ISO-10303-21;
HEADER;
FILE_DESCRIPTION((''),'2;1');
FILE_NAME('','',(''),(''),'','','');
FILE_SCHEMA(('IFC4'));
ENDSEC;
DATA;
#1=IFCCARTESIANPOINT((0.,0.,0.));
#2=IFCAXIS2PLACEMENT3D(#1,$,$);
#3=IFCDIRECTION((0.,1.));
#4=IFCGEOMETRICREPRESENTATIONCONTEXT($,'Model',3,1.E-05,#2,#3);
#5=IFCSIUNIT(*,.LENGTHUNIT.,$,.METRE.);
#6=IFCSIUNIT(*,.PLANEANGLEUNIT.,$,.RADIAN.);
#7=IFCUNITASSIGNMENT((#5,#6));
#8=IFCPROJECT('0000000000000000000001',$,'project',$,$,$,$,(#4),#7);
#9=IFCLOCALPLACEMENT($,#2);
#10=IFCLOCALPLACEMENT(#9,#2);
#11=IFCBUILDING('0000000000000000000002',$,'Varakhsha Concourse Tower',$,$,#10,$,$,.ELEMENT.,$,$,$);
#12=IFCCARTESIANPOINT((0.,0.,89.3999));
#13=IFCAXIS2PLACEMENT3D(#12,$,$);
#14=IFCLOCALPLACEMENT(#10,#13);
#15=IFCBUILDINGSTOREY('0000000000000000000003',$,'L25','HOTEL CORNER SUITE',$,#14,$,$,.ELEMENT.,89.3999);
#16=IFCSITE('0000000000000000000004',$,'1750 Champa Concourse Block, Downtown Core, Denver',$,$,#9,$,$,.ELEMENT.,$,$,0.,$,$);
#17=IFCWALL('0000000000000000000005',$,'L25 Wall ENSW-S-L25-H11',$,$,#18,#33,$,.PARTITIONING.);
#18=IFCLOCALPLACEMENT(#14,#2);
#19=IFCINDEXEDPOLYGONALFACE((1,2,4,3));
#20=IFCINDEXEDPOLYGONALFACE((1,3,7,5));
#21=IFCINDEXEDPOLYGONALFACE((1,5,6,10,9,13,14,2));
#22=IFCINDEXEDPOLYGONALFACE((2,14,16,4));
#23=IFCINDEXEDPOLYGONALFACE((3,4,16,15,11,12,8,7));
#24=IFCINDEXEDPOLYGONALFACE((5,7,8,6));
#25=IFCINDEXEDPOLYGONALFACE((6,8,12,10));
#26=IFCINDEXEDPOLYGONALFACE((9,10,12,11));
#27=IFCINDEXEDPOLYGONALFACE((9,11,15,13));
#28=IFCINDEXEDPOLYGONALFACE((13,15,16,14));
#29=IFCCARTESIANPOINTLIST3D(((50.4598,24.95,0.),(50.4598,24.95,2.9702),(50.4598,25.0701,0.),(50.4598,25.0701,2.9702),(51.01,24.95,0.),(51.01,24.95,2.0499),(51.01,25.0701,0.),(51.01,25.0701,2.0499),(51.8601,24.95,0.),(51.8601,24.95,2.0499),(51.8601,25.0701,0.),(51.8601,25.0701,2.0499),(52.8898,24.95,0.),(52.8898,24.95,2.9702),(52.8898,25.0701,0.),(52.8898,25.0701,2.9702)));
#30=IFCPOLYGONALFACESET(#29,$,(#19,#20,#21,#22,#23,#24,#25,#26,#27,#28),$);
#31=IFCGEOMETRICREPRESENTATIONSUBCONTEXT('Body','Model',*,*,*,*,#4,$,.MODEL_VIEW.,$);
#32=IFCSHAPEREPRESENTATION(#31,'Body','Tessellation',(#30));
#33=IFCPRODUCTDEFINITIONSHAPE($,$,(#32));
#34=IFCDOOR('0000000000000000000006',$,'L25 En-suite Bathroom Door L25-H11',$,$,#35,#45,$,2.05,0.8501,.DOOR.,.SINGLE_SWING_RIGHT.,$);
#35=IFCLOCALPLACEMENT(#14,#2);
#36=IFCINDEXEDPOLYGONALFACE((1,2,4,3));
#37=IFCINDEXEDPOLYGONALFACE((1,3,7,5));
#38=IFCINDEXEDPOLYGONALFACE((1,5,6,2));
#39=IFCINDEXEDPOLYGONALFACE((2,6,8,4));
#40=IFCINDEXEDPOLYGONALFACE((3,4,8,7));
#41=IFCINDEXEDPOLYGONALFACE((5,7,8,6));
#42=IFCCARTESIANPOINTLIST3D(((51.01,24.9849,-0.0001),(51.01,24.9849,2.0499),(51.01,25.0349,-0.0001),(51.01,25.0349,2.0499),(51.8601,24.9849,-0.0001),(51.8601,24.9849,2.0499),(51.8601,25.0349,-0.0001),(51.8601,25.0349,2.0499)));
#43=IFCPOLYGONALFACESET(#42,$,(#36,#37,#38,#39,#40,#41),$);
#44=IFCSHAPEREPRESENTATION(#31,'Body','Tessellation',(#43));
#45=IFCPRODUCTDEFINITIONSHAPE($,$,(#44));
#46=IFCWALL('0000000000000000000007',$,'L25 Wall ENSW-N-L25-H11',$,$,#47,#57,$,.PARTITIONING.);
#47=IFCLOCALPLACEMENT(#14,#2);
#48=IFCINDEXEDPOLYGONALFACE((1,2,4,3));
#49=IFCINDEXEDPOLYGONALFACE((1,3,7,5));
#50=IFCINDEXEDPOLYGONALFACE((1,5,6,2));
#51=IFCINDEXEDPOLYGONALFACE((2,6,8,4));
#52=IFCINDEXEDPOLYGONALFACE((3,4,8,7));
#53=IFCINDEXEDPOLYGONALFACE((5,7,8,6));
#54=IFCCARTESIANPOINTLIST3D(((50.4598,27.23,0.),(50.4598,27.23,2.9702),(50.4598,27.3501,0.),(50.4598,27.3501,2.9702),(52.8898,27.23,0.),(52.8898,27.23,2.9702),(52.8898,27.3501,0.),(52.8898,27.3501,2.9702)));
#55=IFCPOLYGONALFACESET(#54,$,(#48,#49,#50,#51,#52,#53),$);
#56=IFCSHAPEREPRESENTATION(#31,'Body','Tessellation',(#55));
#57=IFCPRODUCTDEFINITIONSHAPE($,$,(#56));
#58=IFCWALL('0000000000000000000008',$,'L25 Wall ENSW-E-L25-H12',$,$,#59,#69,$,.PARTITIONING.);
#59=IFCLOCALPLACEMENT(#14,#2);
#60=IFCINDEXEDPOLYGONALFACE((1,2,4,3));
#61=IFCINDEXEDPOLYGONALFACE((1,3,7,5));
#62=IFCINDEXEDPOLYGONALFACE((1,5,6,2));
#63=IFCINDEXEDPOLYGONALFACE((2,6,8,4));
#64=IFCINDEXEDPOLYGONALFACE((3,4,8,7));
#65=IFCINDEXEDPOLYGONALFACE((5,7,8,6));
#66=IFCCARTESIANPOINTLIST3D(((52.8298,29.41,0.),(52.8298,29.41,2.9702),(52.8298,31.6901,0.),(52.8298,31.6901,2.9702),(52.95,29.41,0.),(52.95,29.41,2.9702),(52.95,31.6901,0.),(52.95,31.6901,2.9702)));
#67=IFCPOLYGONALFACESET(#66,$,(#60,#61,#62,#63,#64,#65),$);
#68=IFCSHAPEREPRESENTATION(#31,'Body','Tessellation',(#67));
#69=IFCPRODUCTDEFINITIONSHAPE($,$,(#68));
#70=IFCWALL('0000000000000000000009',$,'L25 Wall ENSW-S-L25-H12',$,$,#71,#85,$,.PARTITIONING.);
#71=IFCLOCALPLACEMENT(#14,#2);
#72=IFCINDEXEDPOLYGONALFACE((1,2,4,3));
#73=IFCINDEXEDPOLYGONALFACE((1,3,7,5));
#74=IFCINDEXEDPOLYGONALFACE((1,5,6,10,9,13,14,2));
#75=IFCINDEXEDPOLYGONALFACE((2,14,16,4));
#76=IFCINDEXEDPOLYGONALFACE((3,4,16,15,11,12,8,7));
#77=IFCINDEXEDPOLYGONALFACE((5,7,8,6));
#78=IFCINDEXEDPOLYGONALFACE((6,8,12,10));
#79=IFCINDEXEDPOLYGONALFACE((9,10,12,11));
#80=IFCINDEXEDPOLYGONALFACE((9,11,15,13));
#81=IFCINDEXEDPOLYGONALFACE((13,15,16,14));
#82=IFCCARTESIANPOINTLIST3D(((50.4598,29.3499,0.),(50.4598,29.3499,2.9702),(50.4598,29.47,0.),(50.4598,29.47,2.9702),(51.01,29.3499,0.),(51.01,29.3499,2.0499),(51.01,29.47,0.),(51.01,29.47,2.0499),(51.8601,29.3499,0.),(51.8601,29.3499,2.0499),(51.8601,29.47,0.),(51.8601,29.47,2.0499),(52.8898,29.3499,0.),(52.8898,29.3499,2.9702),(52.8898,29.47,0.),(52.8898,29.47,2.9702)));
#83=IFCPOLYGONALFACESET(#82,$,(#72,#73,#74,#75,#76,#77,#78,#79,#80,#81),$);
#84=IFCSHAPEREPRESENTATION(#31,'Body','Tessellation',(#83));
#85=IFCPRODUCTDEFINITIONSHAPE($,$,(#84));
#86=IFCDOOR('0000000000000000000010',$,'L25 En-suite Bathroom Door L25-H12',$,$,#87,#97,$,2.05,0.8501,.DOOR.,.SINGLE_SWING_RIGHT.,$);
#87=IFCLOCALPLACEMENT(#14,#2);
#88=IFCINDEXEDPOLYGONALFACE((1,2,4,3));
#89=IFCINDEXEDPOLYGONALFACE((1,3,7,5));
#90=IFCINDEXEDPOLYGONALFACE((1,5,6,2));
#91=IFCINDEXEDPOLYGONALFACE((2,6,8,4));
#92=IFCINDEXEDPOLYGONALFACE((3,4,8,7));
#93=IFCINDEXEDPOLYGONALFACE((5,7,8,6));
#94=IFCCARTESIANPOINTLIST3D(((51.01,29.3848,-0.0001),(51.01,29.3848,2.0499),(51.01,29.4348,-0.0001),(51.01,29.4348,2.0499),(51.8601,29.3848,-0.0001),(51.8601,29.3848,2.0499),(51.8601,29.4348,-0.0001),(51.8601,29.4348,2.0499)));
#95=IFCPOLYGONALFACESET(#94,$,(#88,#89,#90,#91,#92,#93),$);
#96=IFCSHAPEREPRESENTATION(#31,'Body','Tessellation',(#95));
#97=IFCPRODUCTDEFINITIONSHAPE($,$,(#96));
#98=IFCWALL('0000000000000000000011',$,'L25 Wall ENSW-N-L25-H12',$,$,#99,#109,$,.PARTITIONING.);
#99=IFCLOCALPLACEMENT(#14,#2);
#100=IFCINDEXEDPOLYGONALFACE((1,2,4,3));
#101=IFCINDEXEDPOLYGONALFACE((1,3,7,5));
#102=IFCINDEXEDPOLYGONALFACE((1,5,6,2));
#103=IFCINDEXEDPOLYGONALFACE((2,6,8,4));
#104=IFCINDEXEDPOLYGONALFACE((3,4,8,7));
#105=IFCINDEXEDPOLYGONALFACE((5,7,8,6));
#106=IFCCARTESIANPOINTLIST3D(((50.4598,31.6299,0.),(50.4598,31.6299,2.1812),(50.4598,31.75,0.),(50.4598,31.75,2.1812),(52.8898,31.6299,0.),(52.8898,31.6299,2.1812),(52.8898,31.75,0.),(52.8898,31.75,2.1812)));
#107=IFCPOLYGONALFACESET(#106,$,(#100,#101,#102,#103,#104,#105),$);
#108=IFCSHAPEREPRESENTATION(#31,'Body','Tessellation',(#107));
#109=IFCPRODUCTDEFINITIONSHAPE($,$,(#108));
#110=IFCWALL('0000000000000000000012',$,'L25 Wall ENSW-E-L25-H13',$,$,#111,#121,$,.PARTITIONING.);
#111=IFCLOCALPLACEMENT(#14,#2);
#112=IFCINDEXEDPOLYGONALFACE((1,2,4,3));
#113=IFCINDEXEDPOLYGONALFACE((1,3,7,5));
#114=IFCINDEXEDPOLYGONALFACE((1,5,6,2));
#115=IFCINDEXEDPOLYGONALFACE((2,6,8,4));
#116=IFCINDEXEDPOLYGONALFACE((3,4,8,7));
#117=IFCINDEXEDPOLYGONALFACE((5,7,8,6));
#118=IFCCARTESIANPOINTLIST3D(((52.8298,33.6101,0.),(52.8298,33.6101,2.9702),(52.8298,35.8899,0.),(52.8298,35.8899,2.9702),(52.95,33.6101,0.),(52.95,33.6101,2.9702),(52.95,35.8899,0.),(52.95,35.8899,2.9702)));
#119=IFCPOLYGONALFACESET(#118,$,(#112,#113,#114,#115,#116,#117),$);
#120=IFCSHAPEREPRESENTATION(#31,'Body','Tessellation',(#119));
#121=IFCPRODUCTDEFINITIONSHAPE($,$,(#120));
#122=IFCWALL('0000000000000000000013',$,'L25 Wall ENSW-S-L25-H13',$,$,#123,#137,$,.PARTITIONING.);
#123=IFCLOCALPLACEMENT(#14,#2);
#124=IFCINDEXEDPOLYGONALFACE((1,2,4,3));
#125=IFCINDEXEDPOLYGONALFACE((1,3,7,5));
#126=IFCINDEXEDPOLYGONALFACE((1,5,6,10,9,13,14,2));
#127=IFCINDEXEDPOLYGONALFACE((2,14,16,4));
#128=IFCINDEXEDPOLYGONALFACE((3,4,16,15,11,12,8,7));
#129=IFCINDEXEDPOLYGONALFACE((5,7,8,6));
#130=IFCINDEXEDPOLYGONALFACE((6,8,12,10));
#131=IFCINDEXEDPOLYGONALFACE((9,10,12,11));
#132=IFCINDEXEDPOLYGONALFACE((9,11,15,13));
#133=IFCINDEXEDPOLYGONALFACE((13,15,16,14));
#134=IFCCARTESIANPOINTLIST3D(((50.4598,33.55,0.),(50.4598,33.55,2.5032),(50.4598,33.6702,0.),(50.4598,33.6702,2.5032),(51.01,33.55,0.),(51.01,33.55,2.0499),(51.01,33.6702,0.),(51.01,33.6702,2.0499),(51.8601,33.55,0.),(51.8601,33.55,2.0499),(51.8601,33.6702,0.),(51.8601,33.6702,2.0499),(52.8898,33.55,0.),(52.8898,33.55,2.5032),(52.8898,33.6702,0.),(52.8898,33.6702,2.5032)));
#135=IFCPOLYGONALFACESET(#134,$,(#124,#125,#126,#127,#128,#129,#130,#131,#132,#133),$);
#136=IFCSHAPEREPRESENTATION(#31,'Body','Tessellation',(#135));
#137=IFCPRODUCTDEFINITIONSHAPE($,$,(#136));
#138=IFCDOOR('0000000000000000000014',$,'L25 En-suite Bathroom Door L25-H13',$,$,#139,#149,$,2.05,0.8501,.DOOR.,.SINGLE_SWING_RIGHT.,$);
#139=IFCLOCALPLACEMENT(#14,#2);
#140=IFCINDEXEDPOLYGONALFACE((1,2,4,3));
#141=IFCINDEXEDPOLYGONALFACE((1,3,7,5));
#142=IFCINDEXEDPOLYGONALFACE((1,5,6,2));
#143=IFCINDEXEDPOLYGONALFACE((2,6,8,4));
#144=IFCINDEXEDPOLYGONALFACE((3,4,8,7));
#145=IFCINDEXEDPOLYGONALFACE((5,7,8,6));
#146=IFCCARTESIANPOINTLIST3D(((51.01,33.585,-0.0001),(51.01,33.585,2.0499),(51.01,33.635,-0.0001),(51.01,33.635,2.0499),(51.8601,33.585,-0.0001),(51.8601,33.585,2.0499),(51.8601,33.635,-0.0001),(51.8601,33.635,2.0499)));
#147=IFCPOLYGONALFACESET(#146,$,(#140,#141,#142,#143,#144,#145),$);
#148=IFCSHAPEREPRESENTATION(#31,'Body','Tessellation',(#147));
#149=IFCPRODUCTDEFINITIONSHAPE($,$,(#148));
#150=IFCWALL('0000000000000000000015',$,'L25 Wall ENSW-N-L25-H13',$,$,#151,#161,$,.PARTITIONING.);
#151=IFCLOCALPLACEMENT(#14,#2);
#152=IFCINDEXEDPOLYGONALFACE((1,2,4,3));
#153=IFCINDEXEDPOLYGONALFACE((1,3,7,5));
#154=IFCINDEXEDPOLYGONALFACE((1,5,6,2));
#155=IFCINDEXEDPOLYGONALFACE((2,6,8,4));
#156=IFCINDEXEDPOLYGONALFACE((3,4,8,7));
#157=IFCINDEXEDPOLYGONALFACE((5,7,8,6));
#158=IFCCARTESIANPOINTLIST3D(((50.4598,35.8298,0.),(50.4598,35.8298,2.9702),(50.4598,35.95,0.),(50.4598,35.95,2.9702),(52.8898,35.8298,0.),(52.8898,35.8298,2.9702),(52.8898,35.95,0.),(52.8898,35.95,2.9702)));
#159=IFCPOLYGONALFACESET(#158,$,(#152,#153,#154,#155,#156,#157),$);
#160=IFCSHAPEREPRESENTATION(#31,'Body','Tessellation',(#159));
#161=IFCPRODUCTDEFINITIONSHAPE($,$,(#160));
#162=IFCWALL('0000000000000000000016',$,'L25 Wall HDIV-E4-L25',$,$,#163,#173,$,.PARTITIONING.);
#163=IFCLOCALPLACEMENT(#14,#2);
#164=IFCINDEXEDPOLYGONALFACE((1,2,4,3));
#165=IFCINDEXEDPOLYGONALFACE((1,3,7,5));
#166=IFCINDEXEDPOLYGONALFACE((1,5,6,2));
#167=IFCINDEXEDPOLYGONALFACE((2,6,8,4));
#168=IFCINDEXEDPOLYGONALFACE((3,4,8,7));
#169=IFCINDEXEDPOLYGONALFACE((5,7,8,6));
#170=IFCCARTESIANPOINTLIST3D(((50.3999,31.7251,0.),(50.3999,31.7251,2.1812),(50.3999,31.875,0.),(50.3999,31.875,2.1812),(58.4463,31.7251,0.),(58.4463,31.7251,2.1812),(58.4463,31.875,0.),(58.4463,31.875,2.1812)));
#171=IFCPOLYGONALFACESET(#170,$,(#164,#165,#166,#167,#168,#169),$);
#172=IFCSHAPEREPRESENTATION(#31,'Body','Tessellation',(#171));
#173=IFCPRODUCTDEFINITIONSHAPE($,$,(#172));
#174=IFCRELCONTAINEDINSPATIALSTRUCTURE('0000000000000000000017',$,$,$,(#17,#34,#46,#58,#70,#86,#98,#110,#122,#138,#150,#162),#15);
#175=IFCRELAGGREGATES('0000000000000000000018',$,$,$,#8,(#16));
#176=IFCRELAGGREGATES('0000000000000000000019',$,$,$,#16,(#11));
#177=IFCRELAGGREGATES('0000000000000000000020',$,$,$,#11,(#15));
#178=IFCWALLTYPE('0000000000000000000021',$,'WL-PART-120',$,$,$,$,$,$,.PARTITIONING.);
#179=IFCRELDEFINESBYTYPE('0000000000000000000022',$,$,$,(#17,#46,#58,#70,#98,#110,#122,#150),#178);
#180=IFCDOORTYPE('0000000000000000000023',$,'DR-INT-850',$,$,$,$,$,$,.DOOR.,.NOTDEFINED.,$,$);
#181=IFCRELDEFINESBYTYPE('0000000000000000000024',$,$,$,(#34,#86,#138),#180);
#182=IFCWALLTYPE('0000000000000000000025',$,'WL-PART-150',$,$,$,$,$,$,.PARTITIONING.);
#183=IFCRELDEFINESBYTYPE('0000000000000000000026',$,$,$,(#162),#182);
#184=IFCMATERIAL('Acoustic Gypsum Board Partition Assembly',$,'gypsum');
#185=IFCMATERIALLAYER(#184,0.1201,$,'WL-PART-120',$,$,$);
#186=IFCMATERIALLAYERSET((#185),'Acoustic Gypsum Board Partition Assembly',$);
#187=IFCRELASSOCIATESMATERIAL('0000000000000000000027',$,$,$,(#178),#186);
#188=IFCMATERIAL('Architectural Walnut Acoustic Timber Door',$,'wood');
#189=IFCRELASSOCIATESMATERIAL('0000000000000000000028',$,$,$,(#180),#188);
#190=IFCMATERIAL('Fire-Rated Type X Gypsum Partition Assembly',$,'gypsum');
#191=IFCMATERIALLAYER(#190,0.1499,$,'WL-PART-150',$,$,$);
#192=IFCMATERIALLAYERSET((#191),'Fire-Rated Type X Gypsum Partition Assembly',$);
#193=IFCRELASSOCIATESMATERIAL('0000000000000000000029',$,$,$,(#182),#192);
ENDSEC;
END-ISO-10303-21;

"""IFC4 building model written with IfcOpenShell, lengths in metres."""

from ifc_helpers import new_model, si_unit, direction, frame, frame_2d, origin, place, context, subcontext, project, spatial, rectangle, extrude, material, layer, layer_set, type_object, element, fill, save


model = new_model("IFC4")

# Units and contexts
model_context = context("Model", 3, precision=1e-05, world=origin(), true_north=direction((0.0, 1.0)))
body_context = subcontext(model_context, "Body", "Model", "MODEL_VIEW")
ifc_project = project(units=[si_unit("LENGTHUNIT", "METRE"), si_unit("PLANEANGLEUNIT", "RADIAN")], contexts=[model_context])

# Site, building, storey
site_placement = place(None, origin())
site = spatial("IfcSite", under=ifc_project, at=site_placement, Name="1750 Champa Concourse Block, Downtown Core, Denver", CompositionType="ELEMENT", RefElevation=0.0)
building_placement = place(site_placement, origin())
building = spatial("IfcBuilding", under=site, at=building_placement, Name="Varakhsha Concourse Tower", CompositionType="ELEMENT")
storey_placement = place(building_placement, frame((0.0, 0.0, 89.3999)))
storey = spatial("IfcBuildingStorey", under=building, at=storey_placement, Name="L25", Description="HOTEL CORNER SUITE", CompositionType="ELEMENT", Elevation=89.3999)

# Shared definitions
ifc_material_1 = material(Name="Acoustic Gypsum Board Partition Assembly", Category="gypsum")
ifc_layer_1 = layer(ifc_material_1, 0.1201, Name="WL-PART-120")
ifc_layer_set_1 = layer_set([ifc_layer_1], Name="Acoustic Gypsum Board Partition Assembly")
wall_type_1 = type_object("IfcWallType", Name="WL-PART-120", PredefinedType="PARTITIONING", material=ifc_layer_set_1)

# Wall, opening, door
wall_1_placement = place(storey_placement, frame((50.46, 25.01, 0.0), z_axis=(0.0, 0.0, 1.0), x_axis=(1.0, 0.0, 0.0)))
wall_1 = element("IfcWall", 1, at=wall_1_placement, inside=storey, type_object=wall_type_1, Name="L25 Wall ENSW-S-L25-H11", PredefinedType="PARTITIONING", context=body_context, shape_type="SweptSolid", body=[
    extrude(rectangle(XDim=2.4299, YDim=0.1201, at=frame_2d((1.2148, 0.0))), origin(), (0.0, 0.0, 1.0), 2.9702),
])
opening_1_placement = place(wall_1_placement, frame((0.55, 0.0, 0.0)))
opening_1 = element("IfcOpeningElement", 2, at=opening_1_placement, cuts=wall_1, PredefinedType="OPENING", context=body_context, shape_type="SweptSolid", body=[
    extrude(rectangle(XDim=0.8501, YDim=2.05, at=frame_2d((0.425, 1.0249))), frame((0.0, 0.0701, 0.0), z_axis=(0.0, -1.0, 0.0), x_axis=(1.0, 0.0, 0.0)), (0.0, 0.0, 1.0), 0.1401),
])
ifc_material_2 = material(Name="Architectural Walnut Acoustic Timber Door", Category="wood")
door_type = type_object("IfcDoorType", Name="DR-INT-850", OperationType="NOTDEFINED", PredefinedType="DOOR", material=ifc_material_2)
door_1_placement = place(opening_1_placement, origin())
door_1 = element("IfcDoor", 3, at=door_1_placement, inside=storey, type_object=door_type, Name="L25 En-suite Bathroom Door L25-H11", OperationType="SINGLE_SWING_RIGHT", OverallHeight=2.05, OverallWidth=0.8501, PredefinedType="DOOR", context=body_context, shape_type="SweptSolid", body=[
    extrude(rectangle(XDim=0.8501, YDim=2.05, at=frame_2d((0.425, 1.0249))), frame((0.0, 0.0249, 0.0), z_axis=(0.0, -1.0, 0.0), x_axis=(1.0, 0.0, 0.0)), (0.0, 0.0, 1.0), 0.05),
])
fill(opening_1, door_1)

# Walls
wall_2_placement = place(storey_placement, frame((50.46, 27.29, 0.0), z_axis=(0.0, 0.0, 1.0), x_axis=(1.0, 0.0, 0.0)))
element("IfcWall", 4, at=wall_2_placement, inside=storey, type_object=wall_type_1, Name="L25 Wall ENSW-N-L25-H11", PredefinedType="PARTITIONING", context=body_context, shape_type="SweptSolid", body=[
    extrude(rectangle(XDim=2.4299, YDim=0.1201, at=frame_2d((1.2148, 0.0))), origin(), (0.0, 0.0, 1.0), 2.9702),
])
wall_3_placement = place(storey_placement, frame((52.8899, 29.4099, 0.0), z_axis=(0.0, 0.0, 1.0), x_axis=(0.0, 1.0, 0.0)))
element("IfcWall", 5, at=wall_3_placement, inside=storey, type_object=wall_type_1, Name="L25 Wall ENSW-E-L25-H12", PredefinedType="PARTITIONING", context=body_context, shape_type="SweptSolid", body=[
    extrude(rectangle(XDim=2.28, YDim=0.1201, at=frame_2d((1.1401, 0.0))), origin(), (0.0, 0.0, 1.0), 2.9702),
])

# Wall, opening, door
wall_4_placement = place(storey_placement, frame((50.46, 29.4099, 0.0), z_axis=(0.0, 0.0, 1.0), x_axis=(1.0, 0.0, 0.0)))
wall_4 = element("IfcWall", 6, at=wall_4_placement, inside=storey, type_object=wall_type_1, Name="L25 Wall ENSW-S-L25-H12", PredefinedType="PARTITIONING", context=body_context, shape_type="SweptSolid", body=[
    extrude(rectangle(XDim=2.4299, YDim=0.1201, at=frame_2d((1.2148, 0.0))), origin(), (0.0, 0.0, 1.0), 2.9702),
])
opening_2_placement = place(wall_4_placement, frame((0.55, 0.0, 0.0)))
opening_2 = element("IfcOpeningElement", 7, at=opening_2_placement, cuts=wall_4, PredefinedType="OPENING", context=body_context, shape_type="SweptSolid", body=[
    extrude(rectangle(XDim=0.8501, YDim=2.05, at=frame_2d((0.425, 1.0249))), frame((0.0, 0.0701, 0.0), z_axis=(0.0, -1.0, 0.0), x_axis=(1.0, 0.0, 0.0)), (0.0, 0.0, 1.0), 0.1401),
])
door_2_placement = place(opening_2_placement, origin())
door_2 = element("IfcDoor", 8, at=door_2_placement, inside=storey, type_object=door_type, Name="L25 En-suite Bathroom Door L25-H12", OperationType="SINGLE_SWING_RIGHT", OverallHeight=2.05, OverallWidth=0.8501, PredefinedType="DOOR", context=body_context, shape_type="SweptSolid", body=[
    extrude(rectangle(XDim=0.8501, YDim=2.05, at=frame_2d((0.425, 1.0249))), frame((0.0, 0.0249, 0.0), z_axis=(0.0, -1.0, 0.0), x_axis=(1.0, 0.0, 0.0)), (0.0, 0.0, 1.0), 0.05),
])
fill(opening_2, door_2)

# Walls
wall_5_placement = place(storey_placement, frame((50.46, 31.6899, 0.0), z_axis=(0.0, 0.0, 1.0), x_axis=(1.0, 0.0, 0.0)))
element("IfcWall", 9, at=wall_5_placement, inside=storey, type_object=wall_type_1, Name="L25 Wall ENSW-N-L25-H12", PredefinedType="PARTITIONING", context=body_context, shape_type="SweptSolid", body=[
    extrude(rectangle(XDim=2.4299, YDim=0.1201, at=frame_2d((1.2148, 0.0))), origin(), (0.0, 0.0, 1.0), 2.1812),
])
wall_6_placement = place(storey_placement, frame((52.8899, 33.6101, 0.0), z_axis=(0.0, 0.0, 1.0), x_axis=(0.0, 1.0, 0.0)))
element("IfcWall", 10, at=wall_6_placement, inside=storey, type_object=wall_type_1, Name="L25 Wall ENSW-E-L25-H13", PredefinedType="PARTITIONING", context=body_context, shape_type="SweptSolid", body=[
    extrude(rectangle(XDim=2.2798, YDim=0.1201, at=frame_2d((1.1399, 0.0))), origin(), (0.0, 0.0, 1.0), 2.9702),
])

# Wall, opening, door
wall_7_placement = place(storey_placement, frame((50.46, 33.6101, 0.0), z_axis=(0.0, 0.0, 1.0), x_axis=(1.0, 0.0, 0.0)))
wall_7 = element("IfcWall", 11, at=wall_7_placement, inside=storey, type_object=wall_type_1, Name="L25 Wall ENSW-S-L25-H13", PredefinedType="PARTITIONING", context=body_context, shape_type="SweptSolid", body=[
    extrude(rectangle(XDim=2.4299, YDim=0.1201, at=frame_2d((1.2148, 0.0))), origin(), (0.0, 0.0, 1.0), 2.5032),
])
opening_3_placement = place(wall_7_placement, frame((0.55, 0.0, 0.0)))
opening_3 = element("IfcOpeningElement", 12, at=opening_3_placement, cuts=wall_7, PredefinedType="OPENING", context=body_context, shape_type="SweptSolid", body=[
    extrude(rectangle(XDim=0.8501, YDim=2.05, at=frame_2d((0.425, 1.0249))), frame((0.0, 0.0701, 0.0), z_axis=(0.0, -1.0, 0.0), x_axis=(1.0, 0.0, 0.0)), (0.0, 0.0, 1.0), 0.1401),
])
door_3_placement = place(opening_3_placement, origin())
door_3 = element("IfcDoor", 13, at=door_3_placement, inside=storey, type_object=door_type, Name="L25 En-suite Bathroom Door L25-H13", OperationType="SINGLE_SWING_RIGHT", OverallHeight=2.05, OverallWidth=0.8501, PredefinedType="DOOR", context=body_context, shape_type="SweptSolid", body=[
    extrude(rectangle(XDim=0.8501, YDim=2.05, at=frame_2d((0.425, 1.0249))), frame((0.0, 0.0249, 0.0), z_axis=(0.0, -1.0, 0.0), x_axis=(1.0, 0.0, 0.0)), (0.0, 0.0, 1.0), 0.05),
])
fill(opening_3, door_3)

# Walls
wall_8_placement = place(storey_placement, frame((50.46, 35.8899, 0.0), z_axis=(0.0, 0.0, 1.0), x_axis=(1.0, 0.0, 0.0)))
element("IfcWall", 14, at=wall_8_placement, inside=storey, type_object=wall_type_1, Name="L25 Wall ENSW-N-L25-H13", PredefinedType="PARTITIONING", context=body_context, shape_type="SweptSolid", body=[
    extrude(rectangle(XDim=2.4299, YDim=0.1201, at=frame_2d((1.2148, 0.0))), origin(), (0.0, 0.0, 1.0), 2.9702),
])
ifc_material_3 = material(Name="Fire-Rated Type X Gypsum Partition Assembly", Category="gypsum")
ifc_layer_2 = layer(ifc_material_3, 0.1499, Name="WL-PART-150")
ifc_layer_set_2 = layer_set([ifc_layer_2], Name="Fire-Rated Type X Gypsum Partition Assembly")
wall_type_2 = type_object("IfcWallType", Name="WL-PART-150", PredefinedType="PARTITIONING", material=ifc_layer_set_2)
wall_9_placement = place(storey_placement, frame((50.3999, 31.8, 0.0), z_axis=(0.0, 0.0, 1.0), x_axis=(1.0, 0.0, 0.0)))
element("IfcWall", 15, at=wall_9_placement, inside=storey, type_object=wall_type_2, Name="L25 Wall HDIV-E4-L25", PredefinedType="PARTITIONING", context=body_context, shape_type="SweptSolid", body=[
    extrude(rectangle(XDim=8.0464, YDim=0.1499, at=frame_2d((4.0232, 0.0))), origin(), (0.0, 0.0, 1.0), 2.1812),
])

save(model, "model.ifc")
